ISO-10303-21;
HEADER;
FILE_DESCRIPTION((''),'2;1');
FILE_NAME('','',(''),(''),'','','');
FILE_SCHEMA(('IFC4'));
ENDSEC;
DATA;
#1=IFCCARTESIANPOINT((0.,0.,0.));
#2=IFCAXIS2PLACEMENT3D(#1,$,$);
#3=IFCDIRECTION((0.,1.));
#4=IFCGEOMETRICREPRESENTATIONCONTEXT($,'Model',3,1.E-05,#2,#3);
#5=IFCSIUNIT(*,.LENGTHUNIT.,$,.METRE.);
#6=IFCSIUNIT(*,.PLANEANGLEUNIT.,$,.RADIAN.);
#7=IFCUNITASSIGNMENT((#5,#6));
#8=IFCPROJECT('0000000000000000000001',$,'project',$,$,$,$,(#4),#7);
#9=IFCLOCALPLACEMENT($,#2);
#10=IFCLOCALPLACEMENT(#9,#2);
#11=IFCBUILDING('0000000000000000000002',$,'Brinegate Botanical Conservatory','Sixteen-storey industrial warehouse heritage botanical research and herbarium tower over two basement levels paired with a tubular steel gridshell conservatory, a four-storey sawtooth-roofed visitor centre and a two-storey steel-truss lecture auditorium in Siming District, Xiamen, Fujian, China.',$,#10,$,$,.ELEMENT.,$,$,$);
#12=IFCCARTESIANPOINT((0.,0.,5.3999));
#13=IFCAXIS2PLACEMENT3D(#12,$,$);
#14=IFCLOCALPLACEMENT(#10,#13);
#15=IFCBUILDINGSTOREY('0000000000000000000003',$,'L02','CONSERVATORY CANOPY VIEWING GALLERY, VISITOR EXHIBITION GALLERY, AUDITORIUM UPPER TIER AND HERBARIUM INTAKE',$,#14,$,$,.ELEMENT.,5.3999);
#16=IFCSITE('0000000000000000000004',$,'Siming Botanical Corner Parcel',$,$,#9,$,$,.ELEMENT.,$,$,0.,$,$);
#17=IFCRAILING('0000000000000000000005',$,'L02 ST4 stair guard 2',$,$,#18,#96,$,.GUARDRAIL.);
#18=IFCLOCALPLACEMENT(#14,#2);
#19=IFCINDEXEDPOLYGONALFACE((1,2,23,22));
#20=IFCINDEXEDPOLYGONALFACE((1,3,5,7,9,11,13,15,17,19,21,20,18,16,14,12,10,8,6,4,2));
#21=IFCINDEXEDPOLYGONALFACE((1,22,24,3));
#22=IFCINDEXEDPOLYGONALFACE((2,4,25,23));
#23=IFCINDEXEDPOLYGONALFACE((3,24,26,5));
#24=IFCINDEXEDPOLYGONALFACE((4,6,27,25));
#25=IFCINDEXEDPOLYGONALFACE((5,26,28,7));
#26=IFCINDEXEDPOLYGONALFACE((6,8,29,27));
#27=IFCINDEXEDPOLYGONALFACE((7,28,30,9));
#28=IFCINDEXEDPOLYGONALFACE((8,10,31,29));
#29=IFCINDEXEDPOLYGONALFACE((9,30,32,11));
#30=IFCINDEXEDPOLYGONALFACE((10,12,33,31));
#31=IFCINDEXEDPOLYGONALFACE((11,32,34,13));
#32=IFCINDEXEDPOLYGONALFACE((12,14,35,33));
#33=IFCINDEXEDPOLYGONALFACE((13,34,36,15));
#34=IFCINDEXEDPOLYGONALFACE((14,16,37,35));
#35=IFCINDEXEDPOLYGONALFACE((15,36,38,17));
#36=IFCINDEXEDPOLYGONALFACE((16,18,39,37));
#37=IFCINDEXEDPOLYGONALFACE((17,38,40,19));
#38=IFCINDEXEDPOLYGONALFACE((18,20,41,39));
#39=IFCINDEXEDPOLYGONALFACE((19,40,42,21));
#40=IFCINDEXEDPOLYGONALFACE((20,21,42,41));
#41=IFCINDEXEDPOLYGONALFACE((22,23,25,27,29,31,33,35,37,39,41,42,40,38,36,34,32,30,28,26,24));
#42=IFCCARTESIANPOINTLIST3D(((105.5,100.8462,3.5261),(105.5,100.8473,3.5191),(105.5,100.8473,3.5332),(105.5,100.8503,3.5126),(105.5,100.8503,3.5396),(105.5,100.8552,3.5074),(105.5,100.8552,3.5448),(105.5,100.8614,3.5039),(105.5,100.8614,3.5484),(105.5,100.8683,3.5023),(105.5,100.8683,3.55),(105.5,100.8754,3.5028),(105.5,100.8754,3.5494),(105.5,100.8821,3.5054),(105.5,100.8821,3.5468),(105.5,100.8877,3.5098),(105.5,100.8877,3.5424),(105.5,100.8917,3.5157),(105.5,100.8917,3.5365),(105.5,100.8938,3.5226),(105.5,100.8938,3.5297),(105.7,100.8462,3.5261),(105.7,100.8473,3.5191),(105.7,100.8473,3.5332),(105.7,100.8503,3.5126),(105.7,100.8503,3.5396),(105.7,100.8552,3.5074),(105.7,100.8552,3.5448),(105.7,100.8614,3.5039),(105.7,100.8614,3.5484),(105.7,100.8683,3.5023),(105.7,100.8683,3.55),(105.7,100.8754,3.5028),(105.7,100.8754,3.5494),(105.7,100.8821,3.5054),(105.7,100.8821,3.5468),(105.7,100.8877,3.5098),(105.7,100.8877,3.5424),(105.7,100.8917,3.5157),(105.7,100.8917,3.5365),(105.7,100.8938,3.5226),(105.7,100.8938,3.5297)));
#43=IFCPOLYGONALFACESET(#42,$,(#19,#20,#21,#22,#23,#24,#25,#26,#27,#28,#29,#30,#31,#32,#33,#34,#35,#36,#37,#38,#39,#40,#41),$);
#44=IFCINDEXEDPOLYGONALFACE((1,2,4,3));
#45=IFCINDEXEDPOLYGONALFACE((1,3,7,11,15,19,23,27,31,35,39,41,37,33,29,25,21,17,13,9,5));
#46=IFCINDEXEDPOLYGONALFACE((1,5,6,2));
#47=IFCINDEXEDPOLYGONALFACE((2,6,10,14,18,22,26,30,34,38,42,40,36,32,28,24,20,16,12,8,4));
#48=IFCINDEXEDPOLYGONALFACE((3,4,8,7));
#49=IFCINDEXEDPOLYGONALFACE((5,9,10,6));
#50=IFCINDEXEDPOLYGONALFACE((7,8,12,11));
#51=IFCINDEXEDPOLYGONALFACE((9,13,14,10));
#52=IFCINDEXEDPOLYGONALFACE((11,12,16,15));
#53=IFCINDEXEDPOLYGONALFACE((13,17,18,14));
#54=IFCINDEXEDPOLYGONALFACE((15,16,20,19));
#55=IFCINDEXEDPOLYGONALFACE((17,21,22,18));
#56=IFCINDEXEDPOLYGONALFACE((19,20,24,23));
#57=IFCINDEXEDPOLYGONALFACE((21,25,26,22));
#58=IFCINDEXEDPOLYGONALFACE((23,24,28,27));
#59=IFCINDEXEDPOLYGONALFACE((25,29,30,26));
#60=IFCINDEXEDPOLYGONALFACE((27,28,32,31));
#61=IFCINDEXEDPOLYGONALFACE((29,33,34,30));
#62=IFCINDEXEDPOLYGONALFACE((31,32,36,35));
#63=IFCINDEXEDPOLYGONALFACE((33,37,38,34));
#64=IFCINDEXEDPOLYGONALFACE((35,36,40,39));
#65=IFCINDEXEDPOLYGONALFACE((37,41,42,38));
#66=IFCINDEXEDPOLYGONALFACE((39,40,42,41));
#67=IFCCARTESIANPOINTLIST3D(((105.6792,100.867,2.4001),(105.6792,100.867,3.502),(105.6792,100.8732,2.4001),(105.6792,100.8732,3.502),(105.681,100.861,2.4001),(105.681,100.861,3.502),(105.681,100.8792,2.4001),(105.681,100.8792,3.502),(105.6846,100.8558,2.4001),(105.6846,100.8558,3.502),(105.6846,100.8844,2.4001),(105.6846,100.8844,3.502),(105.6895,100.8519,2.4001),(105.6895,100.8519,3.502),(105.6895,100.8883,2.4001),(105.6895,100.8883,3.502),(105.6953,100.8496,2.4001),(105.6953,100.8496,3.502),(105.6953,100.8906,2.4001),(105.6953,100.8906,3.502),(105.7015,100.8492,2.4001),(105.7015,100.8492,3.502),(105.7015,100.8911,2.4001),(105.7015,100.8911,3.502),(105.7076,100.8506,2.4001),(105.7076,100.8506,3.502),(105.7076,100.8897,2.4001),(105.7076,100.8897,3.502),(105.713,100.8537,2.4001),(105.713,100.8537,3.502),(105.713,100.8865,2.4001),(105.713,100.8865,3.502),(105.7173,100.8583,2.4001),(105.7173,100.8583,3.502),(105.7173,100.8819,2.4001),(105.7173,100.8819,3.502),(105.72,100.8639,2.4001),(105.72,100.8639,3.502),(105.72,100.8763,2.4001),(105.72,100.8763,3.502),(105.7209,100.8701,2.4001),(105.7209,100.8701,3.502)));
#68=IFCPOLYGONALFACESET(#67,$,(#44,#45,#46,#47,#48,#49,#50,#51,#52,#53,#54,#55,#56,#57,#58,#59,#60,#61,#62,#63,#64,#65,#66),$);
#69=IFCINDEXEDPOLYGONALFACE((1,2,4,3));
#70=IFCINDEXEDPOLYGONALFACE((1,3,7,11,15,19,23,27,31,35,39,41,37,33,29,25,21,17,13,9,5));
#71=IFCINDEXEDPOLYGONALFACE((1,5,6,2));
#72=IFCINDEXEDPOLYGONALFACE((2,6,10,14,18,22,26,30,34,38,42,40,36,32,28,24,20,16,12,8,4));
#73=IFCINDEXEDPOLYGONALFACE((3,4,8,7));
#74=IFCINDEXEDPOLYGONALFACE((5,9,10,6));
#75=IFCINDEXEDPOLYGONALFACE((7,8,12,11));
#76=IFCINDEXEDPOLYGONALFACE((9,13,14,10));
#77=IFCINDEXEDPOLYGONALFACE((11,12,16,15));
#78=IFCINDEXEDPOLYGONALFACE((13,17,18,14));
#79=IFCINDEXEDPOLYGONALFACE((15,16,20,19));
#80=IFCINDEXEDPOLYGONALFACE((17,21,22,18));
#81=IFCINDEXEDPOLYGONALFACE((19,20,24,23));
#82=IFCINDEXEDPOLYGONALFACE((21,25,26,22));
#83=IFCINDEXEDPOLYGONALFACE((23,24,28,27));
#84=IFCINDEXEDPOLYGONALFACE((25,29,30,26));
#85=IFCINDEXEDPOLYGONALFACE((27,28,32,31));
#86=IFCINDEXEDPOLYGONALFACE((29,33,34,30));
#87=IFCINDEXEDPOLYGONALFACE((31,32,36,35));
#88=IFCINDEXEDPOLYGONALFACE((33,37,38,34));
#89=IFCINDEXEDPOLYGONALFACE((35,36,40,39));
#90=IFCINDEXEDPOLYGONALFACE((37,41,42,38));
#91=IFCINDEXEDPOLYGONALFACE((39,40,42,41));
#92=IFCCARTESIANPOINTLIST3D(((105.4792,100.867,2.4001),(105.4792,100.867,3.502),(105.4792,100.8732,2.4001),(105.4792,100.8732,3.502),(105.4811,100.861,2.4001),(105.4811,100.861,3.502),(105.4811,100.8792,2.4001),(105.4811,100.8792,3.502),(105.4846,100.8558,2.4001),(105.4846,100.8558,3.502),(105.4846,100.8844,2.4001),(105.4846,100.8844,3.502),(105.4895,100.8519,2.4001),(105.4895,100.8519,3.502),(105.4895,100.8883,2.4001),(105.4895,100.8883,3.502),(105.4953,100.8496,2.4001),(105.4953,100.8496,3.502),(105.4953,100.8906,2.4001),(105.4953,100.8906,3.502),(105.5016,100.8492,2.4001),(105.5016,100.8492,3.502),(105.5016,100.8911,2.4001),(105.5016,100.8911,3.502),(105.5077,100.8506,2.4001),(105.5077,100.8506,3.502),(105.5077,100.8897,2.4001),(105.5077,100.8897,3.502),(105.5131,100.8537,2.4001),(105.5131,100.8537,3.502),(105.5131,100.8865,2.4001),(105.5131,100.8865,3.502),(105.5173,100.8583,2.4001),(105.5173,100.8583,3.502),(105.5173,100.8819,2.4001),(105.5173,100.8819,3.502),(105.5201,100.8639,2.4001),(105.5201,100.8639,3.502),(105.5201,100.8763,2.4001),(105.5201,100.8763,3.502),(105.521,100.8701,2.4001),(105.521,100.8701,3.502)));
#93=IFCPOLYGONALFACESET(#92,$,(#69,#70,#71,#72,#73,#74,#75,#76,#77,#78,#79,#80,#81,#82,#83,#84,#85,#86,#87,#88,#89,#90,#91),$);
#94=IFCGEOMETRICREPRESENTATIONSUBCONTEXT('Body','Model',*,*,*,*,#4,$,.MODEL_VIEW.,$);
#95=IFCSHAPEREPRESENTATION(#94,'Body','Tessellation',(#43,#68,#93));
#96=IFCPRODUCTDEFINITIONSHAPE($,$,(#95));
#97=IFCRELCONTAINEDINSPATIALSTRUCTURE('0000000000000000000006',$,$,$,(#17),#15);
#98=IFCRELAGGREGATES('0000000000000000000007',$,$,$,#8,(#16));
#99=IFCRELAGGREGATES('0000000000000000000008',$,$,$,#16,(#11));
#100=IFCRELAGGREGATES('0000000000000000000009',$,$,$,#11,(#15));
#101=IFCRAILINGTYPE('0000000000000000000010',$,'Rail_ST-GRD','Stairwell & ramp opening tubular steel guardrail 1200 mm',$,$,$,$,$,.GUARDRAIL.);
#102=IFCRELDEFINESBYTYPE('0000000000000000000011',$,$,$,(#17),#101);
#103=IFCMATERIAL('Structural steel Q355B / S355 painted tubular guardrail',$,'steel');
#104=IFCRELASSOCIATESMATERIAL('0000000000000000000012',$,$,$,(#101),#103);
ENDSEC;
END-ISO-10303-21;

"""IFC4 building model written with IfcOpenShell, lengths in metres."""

from ifc_helpers import new_model, si_unit, direction, frame, origin, origin_2d, place, context, subcontext, project, spatial, circle, extrude, material, type_object, element, save


model = new_model("IFC4")

# Units and contexts
model_context = context("Model", 3, precision=1e-05, world=origin(), true_north=direction((0.0, 1.0)))
body_context = subcontext(model_context, "Body", "Model", "MODEL_VIEW")
ifc_project = project(units=[si_unit("LENGTHUNIT", "METRE"), si_unit("PLANEANGLEUNIT", "RADIAN")], contexts=[model_context])

# Site, building, storey
site_placement = place(None, origin())
site = spatial("IfcSite", under=ifc_project, at=site_placement, Name="Siming Botanical Corner Parcel", CompositionType="ELEMENT", RefElevation=0.0)
building_placement = place(site_placement, origin())
building = spatial("IfcBuilding", under=site, at=building_placement, Name="Brinegate Botanical Conservatory", Description="Sixteen-storey industrial warehouse heritage botanical research and herbarium tower over two basement levels paired with a tubular steel gridshell conservatory, a four-storey sawtooth-roofed visitor centre and a two-storey steel-truss lecture auditorium in Siming District, Xiamen, Fujian, China.", CompositionType="ELEMENT")
storey_placement = place(building_placement, frame((0.0, 0.0, 5.3999)))
storey = spatial("IfcBuildingStorey", under=building, at=storey_placement, Name="L02", Description="CONSERVATORY CANOPY VIEWING GALLERY, VISITOR EXHIBITION GALLERY, AUDITORIUM UPPER TIER AND HERBARIUM INTAKE", CompositionType="ELEMENT", Elevation=5.3999)

# Railing
ifc_material_1 = material(Name="Structural steel Q355B / S355 painted tubular guardrail", Category="steel")
railing_type_1 = type_object("IfcRailingType", Name="Rail_ST-GRD", Description="Stairwell & ramp opening tubular steel guardrail 1200 mm", PredefinedType="GUARDRAIL", material=ifc_material_1)
railing_1_placement = place(storey_placement, frame((105.7, 100.8701, 2.4001)))
element("IfcRailing", 1, at=railing_1_placement, inside=storey, type_object=railing_type_1, Name="L02 ST4 stair guard 2", PredefinedType="GUARDRAIL", context=body_context, shape_type="SweptSolid", body=[
    extrude(circle(Radius=0.0239, at=origin_2d()), frame((0.0, 0.0, 1.126), z_axis=(-1.0, 0.0, 0.0), x_axis=(0.0, -1.0, 0.0)), (0.0, 0.0, 1.0), 0.2),
    extrude(circle(Radius=0.021, at=origin_2d()), origin(), (0.0, 0.0, 1.0), 1.1018),
    extrude(circle(Radius=0.021, at=origin_2d()), frame((-0.2, 0.0, 0.0)), (0.0, 0.0, 1.0), 1.1018),
])

save(model, "model.ifc")
